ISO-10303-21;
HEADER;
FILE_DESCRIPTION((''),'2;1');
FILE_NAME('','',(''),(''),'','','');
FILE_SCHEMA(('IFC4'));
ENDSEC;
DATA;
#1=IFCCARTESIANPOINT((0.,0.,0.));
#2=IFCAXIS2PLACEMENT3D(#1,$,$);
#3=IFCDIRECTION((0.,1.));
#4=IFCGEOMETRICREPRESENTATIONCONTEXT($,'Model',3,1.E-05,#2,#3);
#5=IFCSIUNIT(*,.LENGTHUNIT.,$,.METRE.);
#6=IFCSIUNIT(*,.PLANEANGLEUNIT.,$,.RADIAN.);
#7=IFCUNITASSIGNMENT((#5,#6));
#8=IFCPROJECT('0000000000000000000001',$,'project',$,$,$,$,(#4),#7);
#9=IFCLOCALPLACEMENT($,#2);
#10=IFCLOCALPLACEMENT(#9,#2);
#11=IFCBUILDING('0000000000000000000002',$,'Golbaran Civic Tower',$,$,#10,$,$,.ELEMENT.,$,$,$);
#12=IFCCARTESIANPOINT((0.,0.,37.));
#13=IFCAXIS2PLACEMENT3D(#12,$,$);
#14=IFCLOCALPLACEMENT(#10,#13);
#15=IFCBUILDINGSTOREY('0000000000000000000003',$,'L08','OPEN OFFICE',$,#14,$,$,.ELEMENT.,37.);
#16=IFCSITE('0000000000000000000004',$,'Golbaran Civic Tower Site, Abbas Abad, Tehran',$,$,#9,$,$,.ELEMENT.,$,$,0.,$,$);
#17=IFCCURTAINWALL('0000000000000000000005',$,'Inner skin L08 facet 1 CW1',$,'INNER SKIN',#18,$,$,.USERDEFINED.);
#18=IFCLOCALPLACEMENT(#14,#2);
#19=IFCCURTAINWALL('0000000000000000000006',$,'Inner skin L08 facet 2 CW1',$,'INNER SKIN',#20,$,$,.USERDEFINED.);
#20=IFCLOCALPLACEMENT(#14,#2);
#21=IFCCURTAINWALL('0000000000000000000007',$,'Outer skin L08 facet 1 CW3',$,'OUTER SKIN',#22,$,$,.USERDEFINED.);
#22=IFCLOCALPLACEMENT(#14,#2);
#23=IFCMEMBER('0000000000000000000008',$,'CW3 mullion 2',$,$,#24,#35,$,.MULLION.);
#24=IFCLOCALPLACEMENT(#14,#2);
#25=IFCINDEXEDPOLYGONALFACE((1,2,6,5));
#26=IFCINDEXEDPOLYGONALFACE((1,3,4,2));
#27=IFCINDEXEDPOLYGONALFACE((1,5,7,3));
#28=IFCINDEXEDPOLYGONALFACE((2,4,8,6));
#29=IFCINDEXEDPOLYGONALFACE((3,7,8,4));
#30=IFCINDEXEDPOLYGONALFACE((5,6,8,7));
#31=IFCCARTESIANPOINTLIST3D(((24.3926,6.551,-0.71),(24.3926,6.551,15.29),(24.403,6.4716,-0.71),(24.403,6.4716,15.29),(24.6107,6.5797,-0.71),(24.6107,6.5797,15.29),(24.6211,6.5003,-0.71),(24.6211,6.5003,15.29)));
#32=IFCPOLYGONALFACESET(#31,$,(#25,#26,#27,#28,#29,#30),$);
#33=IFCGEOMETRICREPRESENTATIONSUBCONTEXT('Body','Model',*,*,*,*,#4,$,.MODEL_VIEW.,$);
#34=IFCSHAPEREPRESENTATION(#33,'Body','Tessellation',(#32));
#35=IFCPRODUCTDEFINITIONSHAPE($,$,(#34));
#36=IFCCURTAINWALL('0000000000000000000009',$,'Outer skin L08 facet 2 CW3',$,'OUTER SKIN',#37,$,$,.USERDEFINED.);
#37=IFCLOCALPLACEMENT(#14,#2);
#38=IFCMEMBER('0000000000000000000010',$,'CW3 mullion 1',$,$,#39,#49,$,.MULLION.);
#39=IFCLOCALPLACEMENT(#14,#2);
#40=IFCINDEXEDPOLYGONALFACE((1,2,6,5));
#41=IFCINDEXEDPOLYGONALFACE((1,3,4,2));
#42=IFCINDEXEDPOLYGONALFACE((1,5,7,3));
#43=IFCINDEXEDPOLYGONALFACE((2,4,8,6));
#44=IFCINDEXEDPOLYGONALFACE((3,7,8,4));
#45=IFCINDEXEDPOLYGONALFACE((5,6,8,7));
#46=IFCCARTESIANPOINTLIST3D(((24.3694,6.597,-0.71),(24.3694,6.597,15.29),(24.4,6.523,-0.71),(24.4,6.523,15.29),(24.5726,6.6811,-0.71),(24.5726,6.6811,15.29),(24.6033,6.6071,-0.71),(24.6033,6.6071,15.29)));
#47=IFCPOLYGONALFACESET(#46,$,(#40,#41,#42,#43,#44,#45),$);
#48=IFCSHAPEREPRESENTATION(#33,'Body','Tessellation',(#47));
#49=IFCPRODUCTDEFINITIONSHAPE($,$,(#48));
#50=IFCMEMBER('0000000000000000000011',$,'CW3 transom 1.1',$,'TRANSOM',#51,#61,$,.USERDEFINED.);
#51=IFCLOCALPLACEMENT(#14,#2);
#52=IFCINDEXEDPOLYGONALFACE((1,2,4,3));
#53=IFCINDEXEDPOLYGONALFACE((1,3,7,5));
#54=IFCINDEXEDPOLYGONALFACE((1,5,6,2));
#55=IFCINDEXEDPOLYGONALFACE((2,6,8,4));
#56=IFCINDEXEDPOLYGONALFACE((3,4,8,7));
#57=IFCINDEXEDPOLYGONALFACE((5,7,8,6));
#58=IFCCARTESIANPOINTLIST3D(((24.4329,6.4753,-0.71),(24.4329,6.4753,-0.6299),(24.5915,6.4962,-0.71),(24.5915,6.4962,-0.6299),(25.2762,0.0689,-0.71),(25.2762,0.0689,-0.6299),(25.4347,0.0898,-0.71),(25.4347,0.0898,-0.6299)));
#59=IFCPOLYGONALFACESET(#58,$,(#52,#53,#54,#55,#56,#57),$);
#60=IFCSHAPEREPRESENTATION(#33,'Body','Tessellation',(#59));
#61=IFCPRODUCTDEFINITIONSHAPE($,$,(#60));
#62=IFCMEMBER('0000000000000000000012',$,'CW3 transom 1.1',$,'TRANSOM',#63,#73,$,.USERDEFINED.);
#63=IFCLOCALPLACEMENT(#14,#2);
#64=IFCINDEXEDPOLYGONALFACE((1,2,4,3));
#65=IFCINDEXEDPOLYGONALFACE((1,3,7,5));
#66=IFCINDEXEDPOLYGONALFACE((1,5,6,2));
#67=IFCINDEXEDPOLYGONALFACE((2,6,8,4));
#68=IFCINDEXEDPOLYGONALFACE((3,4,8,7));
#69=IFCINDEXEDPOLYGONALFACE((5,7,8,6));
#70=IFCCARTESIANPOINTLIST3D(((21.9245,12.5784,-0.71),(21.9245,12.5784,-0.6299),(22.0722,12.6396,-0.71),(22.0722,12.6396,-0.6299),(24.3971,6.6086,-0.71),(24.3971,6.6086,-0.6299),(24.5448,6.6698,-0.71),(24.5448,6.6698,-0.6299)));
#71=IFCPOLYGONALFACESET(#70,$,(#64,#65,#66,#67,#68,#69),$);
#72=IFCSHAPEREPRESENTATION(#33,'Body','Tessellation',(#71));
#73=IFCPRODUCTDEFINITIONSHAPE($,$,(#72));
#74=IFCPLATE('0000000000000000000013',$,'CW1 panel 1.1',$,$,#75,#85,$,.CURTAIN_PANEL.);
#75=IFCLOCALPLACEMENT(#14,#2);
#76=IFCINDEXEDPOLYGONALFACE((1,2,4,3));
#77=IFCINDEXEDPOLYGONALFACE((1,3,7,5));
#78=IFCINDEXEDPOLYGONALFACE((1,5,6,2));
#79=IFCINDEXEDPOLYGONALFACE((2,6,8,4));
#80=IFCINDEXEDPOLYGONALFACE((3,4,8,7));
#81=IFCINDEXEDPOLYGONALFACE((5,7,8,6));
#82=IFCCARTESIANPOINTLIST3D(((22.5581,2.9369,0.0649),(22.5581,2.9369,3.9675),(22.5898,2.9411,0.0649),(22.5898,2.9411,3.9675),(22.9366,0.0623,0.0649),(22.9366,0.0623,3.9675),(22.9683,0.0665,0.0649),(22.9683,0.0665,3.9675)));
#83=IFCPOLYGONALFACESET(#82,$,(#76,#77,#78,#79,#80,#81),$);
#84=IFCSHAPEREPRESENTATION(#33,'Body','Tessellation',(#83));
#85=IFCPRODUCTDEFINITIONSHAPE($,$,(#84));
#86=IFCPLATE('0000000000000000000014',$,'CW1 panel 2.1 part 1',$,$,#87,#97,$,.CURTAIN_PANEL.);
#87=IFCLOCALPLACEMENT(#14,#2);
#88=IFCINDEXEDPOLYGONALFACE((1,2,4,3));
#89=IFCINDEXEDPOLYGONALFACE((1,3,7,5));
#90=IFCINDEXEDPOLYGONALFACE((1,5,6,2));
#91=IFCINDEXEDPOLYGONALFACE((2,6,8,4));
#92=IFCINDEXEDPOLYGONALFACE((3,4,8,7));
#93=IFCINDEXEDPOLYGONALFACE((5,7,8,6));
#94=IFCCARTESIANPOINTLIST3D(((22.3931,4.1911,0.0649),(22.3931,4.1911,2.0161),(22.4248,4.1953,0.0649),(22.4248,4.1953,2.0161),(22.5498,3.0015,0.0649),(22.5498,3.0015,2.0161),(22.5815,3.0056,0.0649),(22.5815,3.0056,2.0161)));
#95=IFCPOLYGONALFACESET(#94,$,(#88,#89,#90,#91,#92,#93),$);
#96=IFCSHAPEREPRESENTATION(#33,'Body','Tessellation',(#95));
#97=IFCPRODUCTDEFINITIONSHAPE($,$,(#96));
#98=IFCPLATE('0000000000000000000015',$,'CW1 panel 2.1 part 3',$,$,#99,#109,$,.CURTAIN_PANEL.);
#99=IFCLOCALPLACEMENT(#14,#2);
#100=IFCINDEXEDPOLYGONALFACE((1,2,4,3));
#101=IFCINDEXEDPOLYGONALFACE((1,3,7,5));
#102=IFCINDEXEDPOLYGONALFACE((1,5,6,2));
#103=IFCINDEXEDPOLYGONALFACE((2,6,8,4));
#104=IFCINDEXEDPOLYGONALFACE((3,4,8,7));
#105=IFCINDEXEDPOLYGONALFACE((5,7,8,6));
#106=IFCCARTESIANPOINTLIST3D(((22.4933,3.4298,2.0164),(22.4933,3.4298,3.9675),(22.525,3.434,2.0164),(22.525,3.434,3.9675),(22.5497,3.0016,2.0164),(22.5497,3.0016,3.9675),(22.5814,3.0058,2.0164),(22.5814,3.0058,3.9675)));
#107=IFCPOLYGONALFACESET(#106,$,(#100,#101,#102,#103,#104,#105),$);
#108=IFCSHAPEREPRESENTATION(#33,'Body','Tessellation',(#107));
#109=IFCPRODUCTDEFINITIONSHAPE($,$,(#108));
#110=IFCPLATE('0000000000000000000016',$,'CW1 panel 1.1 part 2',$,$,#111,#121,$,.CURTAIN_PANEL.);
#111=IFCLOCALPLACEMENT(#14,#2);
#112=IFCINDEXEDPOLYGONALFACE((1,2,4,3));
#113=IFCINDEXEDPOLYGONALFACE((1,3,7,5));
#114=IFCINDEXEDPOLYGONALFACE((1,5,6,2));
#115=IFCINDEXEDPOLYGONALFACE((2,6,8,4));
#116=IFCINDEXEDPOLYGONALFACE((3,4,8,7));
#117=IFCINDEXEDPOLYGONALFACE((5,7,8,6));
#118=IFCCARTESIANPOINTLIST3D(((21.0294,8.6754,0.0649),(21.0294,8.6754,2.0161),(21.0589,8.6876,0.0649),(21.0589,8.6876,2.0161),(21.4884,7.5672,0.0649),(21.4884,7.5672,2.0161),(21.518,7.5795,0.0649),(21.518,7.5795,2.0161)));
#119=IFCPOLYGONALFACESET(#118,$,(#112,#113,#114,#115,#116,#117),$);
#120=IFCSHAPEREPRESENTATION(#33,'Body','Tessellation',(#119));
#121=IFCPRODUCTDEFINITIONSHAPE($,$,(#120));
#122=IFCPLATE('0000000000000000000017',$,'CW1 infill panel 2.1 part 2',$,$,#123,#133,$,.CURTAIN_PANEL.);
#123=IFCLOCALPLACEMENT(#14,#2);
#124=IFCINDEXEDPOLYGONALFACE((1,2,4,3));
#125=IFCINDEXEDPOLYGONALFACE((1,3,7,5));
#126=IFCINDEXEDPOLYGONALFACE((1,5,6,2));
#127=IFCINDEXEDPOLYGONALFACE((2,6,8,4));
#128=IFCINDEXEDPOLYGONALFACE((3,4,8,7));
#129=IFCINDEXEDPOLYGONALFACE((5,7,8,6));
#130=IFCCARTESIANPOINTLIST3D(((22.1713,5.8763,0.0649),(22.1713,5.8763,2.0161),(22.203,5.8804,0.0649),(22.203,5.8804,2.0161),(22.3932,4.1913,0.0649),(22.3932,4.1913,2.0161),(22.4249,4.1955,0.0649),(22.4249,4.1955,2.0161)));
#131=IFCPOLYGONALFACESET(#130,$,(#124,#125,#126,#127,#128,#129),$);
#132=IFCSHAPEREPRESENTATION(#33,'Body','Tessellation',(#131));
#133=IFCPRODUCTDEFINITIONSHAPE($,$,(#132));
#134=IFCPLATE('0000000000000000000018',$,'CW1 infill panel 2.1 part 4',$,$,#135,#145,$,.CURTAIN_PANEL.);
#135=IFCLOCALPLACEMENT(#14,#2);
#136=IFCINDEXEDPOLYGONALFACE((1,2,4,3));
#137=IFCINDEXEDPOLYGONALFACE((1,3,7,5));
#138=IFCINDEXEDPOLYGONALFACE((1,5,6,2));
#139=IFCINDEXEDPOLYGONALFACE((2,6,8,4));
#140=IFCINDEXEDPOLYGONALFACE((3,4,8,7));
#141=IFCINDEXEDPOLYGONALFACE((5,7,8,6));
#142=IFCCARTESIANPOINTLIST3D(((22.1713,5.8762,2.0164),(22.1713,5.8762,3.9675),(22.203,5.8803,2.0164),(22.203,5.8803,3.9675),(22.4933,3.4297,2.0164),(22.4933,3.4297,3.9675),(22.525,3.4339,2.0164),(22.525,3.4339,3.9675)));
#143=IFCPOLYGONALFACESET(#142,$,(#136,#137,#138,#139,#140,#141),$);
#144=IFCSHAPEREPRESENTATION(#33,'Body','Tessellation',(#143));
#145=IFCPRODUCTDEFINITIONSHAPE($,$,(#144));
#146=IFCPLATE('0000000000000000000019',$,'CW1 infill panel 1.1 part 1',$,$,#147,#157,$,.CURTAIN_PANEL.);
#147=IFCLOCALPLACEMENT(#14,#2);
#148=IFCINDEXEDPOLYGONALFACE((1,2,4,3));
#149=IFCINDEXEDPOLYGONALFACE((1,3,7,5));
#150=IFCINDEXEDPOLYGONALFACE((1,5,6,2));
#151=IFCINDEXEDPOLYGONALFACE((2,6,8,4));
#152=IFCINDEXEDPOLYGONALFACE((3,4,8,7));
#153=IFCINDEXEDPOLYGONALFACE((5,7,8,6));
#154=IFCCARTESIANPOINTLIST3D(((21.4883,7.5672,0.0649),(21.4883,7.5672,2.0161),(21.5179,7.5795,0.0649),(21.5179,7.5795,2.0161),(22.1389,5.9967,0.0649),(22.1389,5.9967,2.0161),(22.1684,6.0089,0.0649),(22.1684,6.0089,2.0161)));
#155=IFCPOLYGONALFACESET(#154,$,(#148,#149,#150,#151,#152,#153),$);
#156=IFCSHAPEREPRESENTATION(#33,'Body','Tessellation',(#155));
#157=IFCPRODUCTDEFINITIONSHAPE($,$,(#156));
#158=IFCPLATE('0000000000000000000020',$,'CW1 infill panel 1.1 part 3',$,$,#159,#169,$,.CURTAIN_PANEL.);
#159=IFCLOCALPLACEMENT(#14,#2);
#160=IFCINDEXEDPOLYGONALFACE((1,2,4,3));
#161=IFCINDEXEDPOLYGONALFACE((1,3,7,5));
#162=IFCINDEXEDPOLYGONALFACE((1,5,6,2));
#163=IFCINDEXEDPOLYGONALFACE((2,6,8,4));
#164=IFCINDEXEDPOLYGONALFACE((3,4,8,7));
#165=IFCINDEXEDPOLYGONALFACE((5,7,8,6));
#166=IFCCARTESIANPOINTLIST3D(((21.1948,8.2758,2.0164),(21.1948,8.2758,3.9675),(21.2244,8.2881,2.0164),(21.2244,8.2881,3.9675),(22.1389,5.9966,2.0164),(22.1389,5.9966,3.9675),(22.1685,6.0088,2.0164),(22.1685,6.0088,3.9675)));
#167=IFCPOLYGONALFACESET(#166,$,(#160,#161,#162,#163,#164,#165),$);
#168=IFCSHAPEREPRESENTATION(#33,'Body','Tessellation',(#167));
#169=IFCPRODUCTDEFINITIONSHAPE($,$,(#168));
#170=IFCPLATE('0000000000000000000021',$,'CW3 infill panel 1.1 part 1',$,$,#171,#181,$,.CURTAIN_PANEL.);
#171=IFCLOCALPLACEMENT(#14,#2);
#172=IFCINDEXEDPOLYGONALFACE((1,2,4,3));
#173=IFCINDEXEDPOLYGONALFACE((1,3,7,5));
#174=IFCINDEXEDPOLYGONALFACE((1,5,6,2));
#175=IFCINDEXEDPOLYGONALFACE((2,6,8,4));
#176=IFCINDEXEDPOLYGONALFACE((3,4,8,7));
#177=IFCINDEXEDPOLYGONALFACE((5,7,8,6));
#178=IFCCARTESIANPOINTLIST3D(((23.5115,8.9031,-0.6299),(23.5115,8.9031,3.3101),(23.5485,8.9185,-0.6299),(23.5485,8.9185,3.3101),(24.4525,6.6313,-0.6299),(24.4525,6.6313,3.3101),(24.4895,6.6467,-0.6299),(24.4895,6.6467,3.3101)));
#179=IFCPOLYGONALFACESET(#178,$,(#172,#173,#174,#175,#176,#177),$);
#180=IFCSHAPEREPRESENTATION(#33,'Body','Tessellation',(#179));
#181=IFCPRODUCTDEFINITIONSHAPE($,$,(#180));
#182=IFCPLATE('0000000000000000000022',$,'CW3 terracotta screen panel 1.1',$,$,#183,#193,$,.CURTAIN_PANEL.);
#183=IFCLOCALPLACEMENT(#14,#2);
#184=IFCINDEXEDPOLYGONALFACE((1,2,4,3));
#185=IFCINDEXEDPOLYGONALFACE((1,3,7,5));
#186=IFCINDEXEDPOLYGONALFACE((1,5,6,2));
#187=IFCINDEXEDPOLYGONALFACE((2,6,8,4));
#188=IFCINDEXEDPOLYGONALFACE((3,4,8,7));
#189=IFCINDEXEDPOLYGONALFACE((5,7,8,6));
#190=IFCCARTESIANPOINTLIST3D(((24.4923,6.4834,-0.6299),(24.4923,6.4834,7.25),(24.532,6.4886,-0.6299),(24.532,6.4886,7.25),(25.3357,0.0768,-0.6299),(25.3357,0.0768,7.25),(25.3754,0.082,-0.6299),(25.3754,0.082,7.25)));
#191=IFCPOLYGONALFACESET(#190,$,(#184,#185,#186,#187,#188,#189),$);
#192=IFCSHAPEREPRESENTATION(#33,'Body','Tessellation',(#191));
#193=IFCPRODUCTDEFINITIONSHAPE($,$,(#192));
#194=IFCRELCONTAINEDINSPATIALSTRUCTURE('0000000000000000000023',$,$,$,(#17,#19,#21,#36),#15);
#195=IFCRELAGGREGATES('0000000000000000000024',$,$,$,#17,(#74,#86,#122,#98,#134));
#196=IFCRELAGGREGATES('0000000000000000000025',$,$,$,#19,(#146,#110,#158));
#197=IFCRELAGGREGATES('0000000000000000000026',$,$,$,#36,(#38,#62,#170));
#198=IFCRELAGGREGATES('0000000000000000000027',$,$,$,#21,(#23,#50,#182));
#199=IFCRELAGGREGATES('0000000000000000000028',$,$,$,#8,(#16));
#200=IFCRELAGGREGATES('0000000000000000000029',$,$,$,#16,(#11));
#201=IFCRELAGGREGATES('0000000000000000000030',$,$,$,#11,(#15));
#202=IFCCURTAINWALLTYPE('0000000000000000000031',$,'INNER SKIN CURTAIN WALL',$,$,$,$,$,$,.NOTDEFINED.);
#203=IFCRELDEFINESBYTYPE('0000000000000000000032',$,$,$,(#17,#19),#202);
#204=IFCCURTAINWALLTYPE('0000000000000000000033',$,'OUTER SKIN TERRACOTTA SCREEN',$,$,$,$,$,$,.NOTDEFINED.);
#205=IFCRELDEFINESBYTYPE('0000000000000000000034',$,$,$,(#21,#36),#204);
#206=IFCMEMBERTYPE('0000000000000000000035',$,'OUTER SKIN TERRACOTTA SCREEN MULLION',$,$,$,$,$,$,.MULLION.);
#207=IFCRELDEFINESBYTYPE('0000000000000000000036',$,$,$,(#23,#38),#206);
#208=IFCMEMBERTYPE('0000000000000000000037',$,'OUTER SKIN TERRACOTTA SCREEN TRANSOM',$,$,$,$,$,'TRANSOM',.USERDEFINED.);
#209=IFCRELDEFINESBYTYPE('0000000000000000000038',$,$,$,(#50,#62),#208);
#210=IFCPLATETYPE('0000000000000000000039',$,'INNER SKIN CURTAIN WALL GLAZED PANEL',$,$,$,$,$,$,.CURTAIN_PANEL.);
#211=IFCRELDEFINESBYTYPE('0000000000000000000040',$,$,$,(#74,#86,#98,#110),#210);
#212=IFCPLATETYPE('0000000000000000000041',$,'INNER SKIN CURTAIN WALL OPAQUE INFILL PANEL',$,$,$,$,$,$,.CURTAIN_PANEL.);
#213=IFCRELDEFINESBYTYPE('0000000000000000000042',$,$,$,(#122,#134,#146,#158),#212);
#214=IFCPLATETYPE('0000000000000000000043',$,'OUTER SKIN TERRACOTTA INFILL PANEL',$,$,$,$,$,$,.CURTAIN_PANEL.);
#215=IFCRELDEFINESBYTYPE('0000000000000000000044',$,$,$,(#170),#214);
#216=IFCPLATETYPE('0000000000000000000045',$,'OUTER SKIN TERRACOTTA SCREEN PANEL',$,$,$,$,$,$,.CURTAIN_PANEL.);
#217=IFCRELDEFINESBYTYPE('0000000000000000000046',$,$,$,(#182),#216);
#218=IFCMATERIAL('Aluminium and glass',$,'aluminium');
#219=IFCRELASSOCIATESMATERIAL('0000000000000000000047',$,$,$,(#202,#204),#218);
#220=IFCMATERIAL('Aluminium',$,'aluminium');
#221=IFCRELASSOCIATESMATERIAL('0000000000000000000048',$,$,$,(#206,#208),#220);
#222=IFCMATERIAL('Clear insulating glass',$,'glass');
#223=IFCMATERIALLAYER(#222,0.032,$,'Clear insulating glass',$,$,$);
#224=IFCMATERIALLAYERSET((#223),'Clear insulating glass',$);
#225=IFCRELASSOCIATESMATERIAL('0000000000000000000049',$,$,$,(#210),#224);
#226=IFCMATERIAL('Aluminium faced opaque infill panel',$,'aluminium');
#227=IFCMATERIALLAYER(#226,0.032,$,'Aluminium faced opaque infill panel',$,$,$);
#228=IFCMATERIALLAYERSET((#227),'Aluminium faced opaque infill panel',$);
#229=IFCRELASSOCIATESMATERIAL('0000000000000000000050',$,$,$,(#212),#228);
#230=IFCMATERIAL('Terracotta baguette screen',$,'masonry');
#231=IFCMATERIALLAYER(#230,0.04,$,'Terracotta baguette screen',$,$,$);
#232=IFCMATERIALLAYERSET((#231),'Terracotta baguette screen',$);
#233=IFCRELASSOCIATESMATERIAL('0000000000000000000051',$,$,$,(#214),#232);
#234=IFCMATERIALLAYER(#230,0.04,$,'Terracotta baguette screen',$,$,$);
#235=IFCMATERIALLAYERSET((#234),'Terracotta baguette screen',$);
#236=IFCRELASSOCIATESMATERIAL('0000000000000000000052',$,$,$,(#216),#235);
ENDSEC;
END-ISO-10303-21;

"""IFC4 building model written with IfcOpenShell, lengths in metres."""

from ifc_helpers import new_model, si_unit, direction, frame, origin, origin_2d, place, context, subcontext, project, spatial, rectangle, extrude, material, layer, layer_set, material_profile, profile_set, type_object, element, aggregate, save


model = new_model("IFC4")

# Units and contexts
model_context = context("Model", 3, precision=1e-05, world=origin(), true_north=direction((0.0, 1.0)))
body_context = subcontext(model_context, "Body", "Model", "MODEL_VIEW")
ifc_project = project(units=[si_unit("LENGTHUNIT", "METRE"), si_unit("PLANEANGLEUNIT", "RADIAN")], contexts=[model_context])

# Site, building, storey
site_placement = place(None, origin())
site = spatial("IfcSite", under=ifc_project, at=site_placement, Name="Golbaran Civic Tower Site, Abbas Abad, Tehran", CompositionType="ELEMENT", RefElevation=0.0)
building_placement = place(site_placement, origin())
building = spatial("IfcBuilding", under=site, at=building_placement, Name="Golbaran Civic Tower", CompositionType="ELEMENT")
storey_placement = place(building_placement, frame((0.0, 0.0, 37.0)))
storey = spatial("IfcBuildingStorey", under=building, at=storey_placement, Name="L08", Description="OPEN OFFICE", CompositionType="ELEMENT", Elevation=37.0)

# Curtain walls
ifc_material_1 = material(Name="Aluminium and glass", Category="aluminium")
curtain_wall_type_1 = type_object("IfcCurtainWallType", Name="INNER SKIN CURTAIN WALL", PredefinedType="NOTDEFINED", material=ifc_material_1)
curtain_wall_1_placement = place(storey_placement, origin())
curtain_wall_1 = element("IfcCurtainWall", 1, at=curtain_wall_1_placement, inside=storey, type_object=curtain_wall_type_1, Name="Inner skin L08 facet 1 CW1", ObjectType="INNER SKIN", PredefinedType="USERDEFINED")
ifc_material_2 = material(Name="Aluminium", Category="aluminium")
curtain_wall_2_placement = place(storey_placement, origin())
curtain_wall_2 = element("IfcCurtainWall", 2, at=curtain_wall_2_placement, inside=storey, type_object=curtain_wall_type_1, Name="Inner skin L08 facet 2 CW1", ObjectType="INNER SKIN", PredefinedType="USERDEFINED")

# Curtain wall, member
curtain_wall_type_2 = type_object("IfcCurtainWallType", Name="OUTER SKIN TERRACOTTA SCREEN", PredefinedType="NOTDEFINED", material=ifc_material_1)
curtain_wall_3_placement = place(storey_placement, origin())
curtain_wall_3 = element("IfcCurtainWall", 3, at=curtain_wall_3_placement, inside=storey, type_object=curtain_wall_type_2, Name="Outer skin L08 facet 1 CW3", ObjectType="OUTER SKIN", PredefinedType="USERDEFINED")
ifc_material_profile_1 = material_profile(ifc_material_2, rectangle(XDim=0.22, YDim=0.0801, at=origin_2d()), Name="OUTER SKIN TERRACOTTA SCREEN MULLION")
ifc_profile_set_1 = profile_set([ifc_material_profile_1], Name="Aluminium")
member_type_1 = type_object("IfcMemberType", Name="OUTER SKIN TERRACOTTA SCREEN MULLION", PredefinedType="MULLION", material=ifc_profile_set_1)
member_1_placement = place(storey_placement, frame((24.5068, 6.5256, -0.71), z_axis=(0.0, 0.0, 1.0), x_axis=(-0.991445, -0.130526, 0.0)))
member_1 = element("IfcMember", 4, at=member_1_placement, type_object=member_type_1, Name="CW3 mullion 2", PredefinedType="MULLION", context=body_context, shape_type="SweptSolid", body=[
    extrude(rectangle(XDim=0.22, YDim=0.0801, at=origin_2d()), origin(), (0.0, 0.0, 1.0), 16.0),
])

# Curtain wall, member
curtain_wall_4_placement = place(storey_placement, origin())
curtain_wall_4 = element("IfcCurtainWall", 5, at=curtain_wall_4_placement, inside=storey, type_object=curtain_wall_type_2, Name="Outer skin L08 facet 2 CW3", ObjectType="OUTER SKIN", PredefinedType="USERDEFINED")
member_2_placement = place(storey_placement, frame((24.4863, 6.6021, -0.71), z_axis=(0.0, 0.0, 1.0), x_axis=(-0.92388, -0.382683, 0.0)))
member_2 = element("IfcMember", 6, at=member_2_placement, type_object=member_type_1, Name="CW3 mullion 1", PredefinedType="MULLION", context=body_context, shape_type="SweptSolid", body=[
    extrude(rectangle(XDim=0.22, YDim=0.0801, at=origin_2d()), origin(), (0.0, 0.0, 1.0), 16.0),
])

# Members
ifc_material_profile_2 = material_profile(ifc_material_2, rectangle(XDim=0.1599, YDim=0.0801, at=origin_2d()), Name="OUTER SKIN TERRACOTTA SCREEN TRANSOM")
ifc_profile_set_2 = profile_set([ifc_material_profile_2], Name="Aluminium")
member_type_2 = type_object("IfcMemberType", Name="OUTER SKIN TERRACOTTA SCREEN TRANSOM", ElementType="TRANSOM", PredefinedType="USERDEFINED", material=ifc_profile_set_2)
member_3_placement = place(storey_placement, frame((25.3555, 0.0793, -0.6699), z_axis=(-0.1305, 0.991448, 0.0), x_axis=(-0.991448, -0.1305, 0.0)))
member_3 = element("IfcMember", 7, at=member_3_placement, type_object=member_type_2, Name="CW3 transom 1.1", ObjectType="TRANSOM", PredefinedType="USERDEFINED", context=body_context, shape_type="SweptSolid", body=[
    extrude(rectangle(XDim=0.1599, YDim=0.0801, at=origin_2d()), origin(), (0.0, 0.0, 1.0), 6.4617),
])
member_4_placement = place(storey_placement, frame((24.4709, 6.6392, -0.6699), z_axis=(-0.382659, 0.92389, 0.0), x_axis=(-0.92389, -0.382659, 0.0)))
member_4 = element("IfcMember", 8, at=member_4_placement, type_object=member_type_2, Name="CW3 transom 1.1", ObjectType="TRANSOM", PredefinedType="USERDEFINED", context=body_context, shape_type="SweptSolid", body=[
    extrude(rectangle(XDim=0.1599, YDim=0.0801, at=origin_2d()), origin(), (0.0, 0.0, 1.0), 6.4617),
])

# Plates
ifc_material_3 = material(Name="Clear insulating glass", Category="glass")
ifc_layer_1 = layer(ifc_material_3, 0.032, Name="Clear insulating glass")
ifc_layer_set_1 = layer_set([ifc_layer_1], Name="Clear insulating glass")
plate_type_1 = type_object("IfcPlateType", Name="INNER SKIN CURTAIN WALL GLAZED PANEL", PredefinedType="CURTAIN_PANEL", material=ifc_layer_set_1)
plate_1_placement = place(storey_placement, frame((22.7632, 1.5017, 0.0649), z_axis=(0.0, 0.0, 1.0), x_axis=(-0.130526, 0.991445, 0.0)))
plate_1 = element("IfcPlate", 9, at=plate_1_placement, type_object=plate_type_1, Name="CW1 panel 1.1", PredefinedType="CURTAIN_PANEL", context=body_context, shape_type="SweptSolid", body=[
    extrude(rectangle(XDim=2.8994, YDim=0.032, at=origin_2d()), origin(), (0.0, 0.0, 1.0), 3.9026),
])
plate_2_placement = place(storey_placement, frame((22.4873, 3.5984, 0.0649), z_axis=(0.0, 0.0, 1.0), x_axis=(-0.130526, 0.991445, 0.0)))
plate_2 = element("IfcPlate", 10, at=plate_2_placement, type_object=plate_type_1, Name="CW1 panel 2.1 part 1", PredefinedType="CURTAIN_PANEL", context=body_context, shape_type="SweptSolid", body=[
    extrude(rectangle(XDim=1.2, YDim=0.032, at=origin_2d()), origin(), (0.0, 0.0, 1.0), 1.9512),
])
plate_3_placement = place(storey_placement, frame((22.5374, 3.2178, 2.0164), z_axis=(0.0, 0.0, 1.0), x_axis=(-0.130526, 0.991445, 0.0)))
plate_3 = element("IfcPlate", 11, at=plate_3_placement, type_object=plate_type_1, Name="CW1 panel 2.1 part 3", PredefinedType="CURTAIN_PANEL", context=body_context, shape_type="SweptSolid", body=[
    extrude(rectangle(XDim=0.4319, YDim=0.032, at=origin_2d()), origin(), (0.0, 0.0, 1.0), 1.9512),
])
plate_4_placement = place(storey_placement, frame((21.2737, 8.1274, 0.0649), z_axis=(0.0, 0.0, 1.0), x_axis=(-0.382683, 0.92388, 0.0)))
plate_4 = element("IfcPlate", 12, at=plate_4_placement, type_object=plate_type_1, Name="CW1 panel 1.1 part 2", PredefinedType="CURTAIN_PANEL", context=body_context, shape_type="SweptSolid", body=[
    extrude(rectangle(XDim=1.1995, YDim=0.032, at=origin_2d()), origin(), (0.0, 0.0, 1.0), 1.9512),
])
ifc_material_4 = material(Name="Aluminium faced opaque infill panel", Category="aluminium")
ifc_layer_2 = layer(ifc_material_4, 0.032, Name="Aluminium faced opaque infill panel")
ifc_layer_set_2 = layer_set([ifc_layer_2], Name="Aluminium faced opaque infill panel")
plate_type_2 = type_object("IfcPlateType", Name="INNER SKIN CURTAIN WALL OPAQUE INFILL PANEL", PredefinedType="CURTAIN_PANEL", material=ifc_layer_set_2)
plate_5_placement = place(storey_placement, frame((22.2981, 5.0359, 0.0649), z_axis=(0.0, 0.0, 1.0), x_axis=(-0.130526, 0.991445, 0.0)))
plate_5 = element("IfcPlate", 13, at=plate_5_placement, type_object=plate_type_2, Name="CW1 infill panel 2.1 part 2", PredefinedType="CURTAIN_PANEL", context=body_context, shape_type="SweptSolid", body=[
    extrude(rectangle(XDim=1.6995, YDim=0.032, at=origin_2d()), origin(), (0.0, 0.0, 1.0), 1.9512),
])
plate_6_placement = place(storey_placement, frame((22.3481, 4.655, 2.0164), z_axis=(0.0, 0.0, 1.0), x_axis=(-0.130526, 0.991445, 0.0)))
plate_6 = element("IfcPlate", 14, at=plate_6_placement, type_object=plate_type_2, Name="CW1 infill panel 2.1 part 4", PredefinedType="CURTAIN_PANEL", context=body_context, shape_type="SweptSolid", body=[
    extrude(rectangle(XDim=2.4675, YDim=0.032, at=origin_2d()), origin(), (0.0, 0.0, 1.0), 1.9512),
])
aggregate(curtain_wall_1, [plate_1, plate_2, plate_5, plate_3, plate_6])
plate_7_placement = place(storey_placement, frame((21.8284, 6.7881, 0.0649), z_axis=(0.0, 0.0, 1.0), x_axis=(-0.382683, 0.92388, 0.0)))
plate_7 = element("IfcPlate", 15, at=plate_7_placement, type_object=plate_type_2, Name="CW1 infill panel 1.1 part 1", PredefinedType="CURTAIN_PANEL", context=body_context, shape_type="SweptSolid", body=[
    extrude(rectangle(XDim=1.7, YDim=0.032, at=origin_2d()), origin(), (0.0, 0.0, 1.0), 1.9512),
])
plate_8_placement = place(storey_placement, frame((21.6816, 7.1423, 2.0164), z_axis=(0.0, 0.0, 1.0), x_axis=(-0.382683, 0.92388, 0.0)))
plate_8 = element("IfcPlate", 16, at=plate_8_placement, type_object=plate_type_2, Name="CW1 infill panel 1.1 part 3", PredefinedType="CURTAIN_PANEL", context=body_context, shape_type="SweptSolid", body=[
    extrude(rectangle(XDim=2.467, YDim=0.032, at=origin_2d()), origin(), (0.0, 0.0, 1.0), 1.9512),
])
aggregate(curtain_wall_2, [plate_7, plate_4, plate_8])
ifc_material_5 = material(Name="Terracotta baguette screen", Category="masonry")
ifc_layer_3 = layer(ifc_material_5, 0.04, Name="Terracotta baguette screen")
ifc_layer_set_3 = layer_set([ifc_layer_3], Name="Terracotta baguette screen")
plate_type_3 = type_object("IfcPlateType", Name="OUTER SKIN TERRACOTTA INFILL PANEL", PredefinedType="CURTAIN_PANEL", material=ifc_layer_set_3)
plate_9_placement = place(storey_placement, frame((24.0005, 7.7749, -0.6299), z_axis=(0.0, 0.0, 1.0), x_axis=(-0.382683, 0.92388, 0.0)))
plate_9 = element("IfcPlate", 17, at=plate_9_placement, type_object=plate_type_3, Name="CW3 infill panel 1.1 part 1", PredefinedType="CURTAIN_PANEL", context=body_context, shape_type="SweptSolid", body=[
    extrude(rectangle(XDim=2.459, YDim=0.04, at=origin_2d()), origin(), (0.0, 0.0, 1.0), 3.9399),
])
aggregate(curtain_wall_4, [member_2, member_4, plate_9])
ifc_layer_4 = layer(ifc_material_5, 0.04, Name="Terracotta baguette screen")
ifc_layer_set_4 = layer_set([ifc_layer_4], Name="Terracotta baguette screen")
plate_type_4 = type_object("IfcPlateType", Name="OUTER SKIN TERRACOTTA SCREEN PANEL", PredefinedType="CURTAIN_PANEL", material=ifc_layer_set_4)
plate_10_placement = place(storey_placement, frame((24.9338, 3.2827, -0.6299), z_axis=(0.0, 0.0, 1.0), x_axis=(-0.130526, 0.991445, 0.0)))
plate_10 = element("IfcPlate", 18, at=plate_10_placement, type_object=plate_type_4, Name="CW3 terracotta screen panel 1.1", PredefinedType="CURTAIN_PANEL", context=body_context, shape_type="SweptSolid", body=[
    extrude(rectangle(XDim=6.4619, YDim=0.04, at=origin_2d()), origin(), (0.0, 0.0, 1.0), 7.8799),
])
aggregate(curtain_wall_3, [member_1, member_3, plate_10])

save(model, "model.ifc")
